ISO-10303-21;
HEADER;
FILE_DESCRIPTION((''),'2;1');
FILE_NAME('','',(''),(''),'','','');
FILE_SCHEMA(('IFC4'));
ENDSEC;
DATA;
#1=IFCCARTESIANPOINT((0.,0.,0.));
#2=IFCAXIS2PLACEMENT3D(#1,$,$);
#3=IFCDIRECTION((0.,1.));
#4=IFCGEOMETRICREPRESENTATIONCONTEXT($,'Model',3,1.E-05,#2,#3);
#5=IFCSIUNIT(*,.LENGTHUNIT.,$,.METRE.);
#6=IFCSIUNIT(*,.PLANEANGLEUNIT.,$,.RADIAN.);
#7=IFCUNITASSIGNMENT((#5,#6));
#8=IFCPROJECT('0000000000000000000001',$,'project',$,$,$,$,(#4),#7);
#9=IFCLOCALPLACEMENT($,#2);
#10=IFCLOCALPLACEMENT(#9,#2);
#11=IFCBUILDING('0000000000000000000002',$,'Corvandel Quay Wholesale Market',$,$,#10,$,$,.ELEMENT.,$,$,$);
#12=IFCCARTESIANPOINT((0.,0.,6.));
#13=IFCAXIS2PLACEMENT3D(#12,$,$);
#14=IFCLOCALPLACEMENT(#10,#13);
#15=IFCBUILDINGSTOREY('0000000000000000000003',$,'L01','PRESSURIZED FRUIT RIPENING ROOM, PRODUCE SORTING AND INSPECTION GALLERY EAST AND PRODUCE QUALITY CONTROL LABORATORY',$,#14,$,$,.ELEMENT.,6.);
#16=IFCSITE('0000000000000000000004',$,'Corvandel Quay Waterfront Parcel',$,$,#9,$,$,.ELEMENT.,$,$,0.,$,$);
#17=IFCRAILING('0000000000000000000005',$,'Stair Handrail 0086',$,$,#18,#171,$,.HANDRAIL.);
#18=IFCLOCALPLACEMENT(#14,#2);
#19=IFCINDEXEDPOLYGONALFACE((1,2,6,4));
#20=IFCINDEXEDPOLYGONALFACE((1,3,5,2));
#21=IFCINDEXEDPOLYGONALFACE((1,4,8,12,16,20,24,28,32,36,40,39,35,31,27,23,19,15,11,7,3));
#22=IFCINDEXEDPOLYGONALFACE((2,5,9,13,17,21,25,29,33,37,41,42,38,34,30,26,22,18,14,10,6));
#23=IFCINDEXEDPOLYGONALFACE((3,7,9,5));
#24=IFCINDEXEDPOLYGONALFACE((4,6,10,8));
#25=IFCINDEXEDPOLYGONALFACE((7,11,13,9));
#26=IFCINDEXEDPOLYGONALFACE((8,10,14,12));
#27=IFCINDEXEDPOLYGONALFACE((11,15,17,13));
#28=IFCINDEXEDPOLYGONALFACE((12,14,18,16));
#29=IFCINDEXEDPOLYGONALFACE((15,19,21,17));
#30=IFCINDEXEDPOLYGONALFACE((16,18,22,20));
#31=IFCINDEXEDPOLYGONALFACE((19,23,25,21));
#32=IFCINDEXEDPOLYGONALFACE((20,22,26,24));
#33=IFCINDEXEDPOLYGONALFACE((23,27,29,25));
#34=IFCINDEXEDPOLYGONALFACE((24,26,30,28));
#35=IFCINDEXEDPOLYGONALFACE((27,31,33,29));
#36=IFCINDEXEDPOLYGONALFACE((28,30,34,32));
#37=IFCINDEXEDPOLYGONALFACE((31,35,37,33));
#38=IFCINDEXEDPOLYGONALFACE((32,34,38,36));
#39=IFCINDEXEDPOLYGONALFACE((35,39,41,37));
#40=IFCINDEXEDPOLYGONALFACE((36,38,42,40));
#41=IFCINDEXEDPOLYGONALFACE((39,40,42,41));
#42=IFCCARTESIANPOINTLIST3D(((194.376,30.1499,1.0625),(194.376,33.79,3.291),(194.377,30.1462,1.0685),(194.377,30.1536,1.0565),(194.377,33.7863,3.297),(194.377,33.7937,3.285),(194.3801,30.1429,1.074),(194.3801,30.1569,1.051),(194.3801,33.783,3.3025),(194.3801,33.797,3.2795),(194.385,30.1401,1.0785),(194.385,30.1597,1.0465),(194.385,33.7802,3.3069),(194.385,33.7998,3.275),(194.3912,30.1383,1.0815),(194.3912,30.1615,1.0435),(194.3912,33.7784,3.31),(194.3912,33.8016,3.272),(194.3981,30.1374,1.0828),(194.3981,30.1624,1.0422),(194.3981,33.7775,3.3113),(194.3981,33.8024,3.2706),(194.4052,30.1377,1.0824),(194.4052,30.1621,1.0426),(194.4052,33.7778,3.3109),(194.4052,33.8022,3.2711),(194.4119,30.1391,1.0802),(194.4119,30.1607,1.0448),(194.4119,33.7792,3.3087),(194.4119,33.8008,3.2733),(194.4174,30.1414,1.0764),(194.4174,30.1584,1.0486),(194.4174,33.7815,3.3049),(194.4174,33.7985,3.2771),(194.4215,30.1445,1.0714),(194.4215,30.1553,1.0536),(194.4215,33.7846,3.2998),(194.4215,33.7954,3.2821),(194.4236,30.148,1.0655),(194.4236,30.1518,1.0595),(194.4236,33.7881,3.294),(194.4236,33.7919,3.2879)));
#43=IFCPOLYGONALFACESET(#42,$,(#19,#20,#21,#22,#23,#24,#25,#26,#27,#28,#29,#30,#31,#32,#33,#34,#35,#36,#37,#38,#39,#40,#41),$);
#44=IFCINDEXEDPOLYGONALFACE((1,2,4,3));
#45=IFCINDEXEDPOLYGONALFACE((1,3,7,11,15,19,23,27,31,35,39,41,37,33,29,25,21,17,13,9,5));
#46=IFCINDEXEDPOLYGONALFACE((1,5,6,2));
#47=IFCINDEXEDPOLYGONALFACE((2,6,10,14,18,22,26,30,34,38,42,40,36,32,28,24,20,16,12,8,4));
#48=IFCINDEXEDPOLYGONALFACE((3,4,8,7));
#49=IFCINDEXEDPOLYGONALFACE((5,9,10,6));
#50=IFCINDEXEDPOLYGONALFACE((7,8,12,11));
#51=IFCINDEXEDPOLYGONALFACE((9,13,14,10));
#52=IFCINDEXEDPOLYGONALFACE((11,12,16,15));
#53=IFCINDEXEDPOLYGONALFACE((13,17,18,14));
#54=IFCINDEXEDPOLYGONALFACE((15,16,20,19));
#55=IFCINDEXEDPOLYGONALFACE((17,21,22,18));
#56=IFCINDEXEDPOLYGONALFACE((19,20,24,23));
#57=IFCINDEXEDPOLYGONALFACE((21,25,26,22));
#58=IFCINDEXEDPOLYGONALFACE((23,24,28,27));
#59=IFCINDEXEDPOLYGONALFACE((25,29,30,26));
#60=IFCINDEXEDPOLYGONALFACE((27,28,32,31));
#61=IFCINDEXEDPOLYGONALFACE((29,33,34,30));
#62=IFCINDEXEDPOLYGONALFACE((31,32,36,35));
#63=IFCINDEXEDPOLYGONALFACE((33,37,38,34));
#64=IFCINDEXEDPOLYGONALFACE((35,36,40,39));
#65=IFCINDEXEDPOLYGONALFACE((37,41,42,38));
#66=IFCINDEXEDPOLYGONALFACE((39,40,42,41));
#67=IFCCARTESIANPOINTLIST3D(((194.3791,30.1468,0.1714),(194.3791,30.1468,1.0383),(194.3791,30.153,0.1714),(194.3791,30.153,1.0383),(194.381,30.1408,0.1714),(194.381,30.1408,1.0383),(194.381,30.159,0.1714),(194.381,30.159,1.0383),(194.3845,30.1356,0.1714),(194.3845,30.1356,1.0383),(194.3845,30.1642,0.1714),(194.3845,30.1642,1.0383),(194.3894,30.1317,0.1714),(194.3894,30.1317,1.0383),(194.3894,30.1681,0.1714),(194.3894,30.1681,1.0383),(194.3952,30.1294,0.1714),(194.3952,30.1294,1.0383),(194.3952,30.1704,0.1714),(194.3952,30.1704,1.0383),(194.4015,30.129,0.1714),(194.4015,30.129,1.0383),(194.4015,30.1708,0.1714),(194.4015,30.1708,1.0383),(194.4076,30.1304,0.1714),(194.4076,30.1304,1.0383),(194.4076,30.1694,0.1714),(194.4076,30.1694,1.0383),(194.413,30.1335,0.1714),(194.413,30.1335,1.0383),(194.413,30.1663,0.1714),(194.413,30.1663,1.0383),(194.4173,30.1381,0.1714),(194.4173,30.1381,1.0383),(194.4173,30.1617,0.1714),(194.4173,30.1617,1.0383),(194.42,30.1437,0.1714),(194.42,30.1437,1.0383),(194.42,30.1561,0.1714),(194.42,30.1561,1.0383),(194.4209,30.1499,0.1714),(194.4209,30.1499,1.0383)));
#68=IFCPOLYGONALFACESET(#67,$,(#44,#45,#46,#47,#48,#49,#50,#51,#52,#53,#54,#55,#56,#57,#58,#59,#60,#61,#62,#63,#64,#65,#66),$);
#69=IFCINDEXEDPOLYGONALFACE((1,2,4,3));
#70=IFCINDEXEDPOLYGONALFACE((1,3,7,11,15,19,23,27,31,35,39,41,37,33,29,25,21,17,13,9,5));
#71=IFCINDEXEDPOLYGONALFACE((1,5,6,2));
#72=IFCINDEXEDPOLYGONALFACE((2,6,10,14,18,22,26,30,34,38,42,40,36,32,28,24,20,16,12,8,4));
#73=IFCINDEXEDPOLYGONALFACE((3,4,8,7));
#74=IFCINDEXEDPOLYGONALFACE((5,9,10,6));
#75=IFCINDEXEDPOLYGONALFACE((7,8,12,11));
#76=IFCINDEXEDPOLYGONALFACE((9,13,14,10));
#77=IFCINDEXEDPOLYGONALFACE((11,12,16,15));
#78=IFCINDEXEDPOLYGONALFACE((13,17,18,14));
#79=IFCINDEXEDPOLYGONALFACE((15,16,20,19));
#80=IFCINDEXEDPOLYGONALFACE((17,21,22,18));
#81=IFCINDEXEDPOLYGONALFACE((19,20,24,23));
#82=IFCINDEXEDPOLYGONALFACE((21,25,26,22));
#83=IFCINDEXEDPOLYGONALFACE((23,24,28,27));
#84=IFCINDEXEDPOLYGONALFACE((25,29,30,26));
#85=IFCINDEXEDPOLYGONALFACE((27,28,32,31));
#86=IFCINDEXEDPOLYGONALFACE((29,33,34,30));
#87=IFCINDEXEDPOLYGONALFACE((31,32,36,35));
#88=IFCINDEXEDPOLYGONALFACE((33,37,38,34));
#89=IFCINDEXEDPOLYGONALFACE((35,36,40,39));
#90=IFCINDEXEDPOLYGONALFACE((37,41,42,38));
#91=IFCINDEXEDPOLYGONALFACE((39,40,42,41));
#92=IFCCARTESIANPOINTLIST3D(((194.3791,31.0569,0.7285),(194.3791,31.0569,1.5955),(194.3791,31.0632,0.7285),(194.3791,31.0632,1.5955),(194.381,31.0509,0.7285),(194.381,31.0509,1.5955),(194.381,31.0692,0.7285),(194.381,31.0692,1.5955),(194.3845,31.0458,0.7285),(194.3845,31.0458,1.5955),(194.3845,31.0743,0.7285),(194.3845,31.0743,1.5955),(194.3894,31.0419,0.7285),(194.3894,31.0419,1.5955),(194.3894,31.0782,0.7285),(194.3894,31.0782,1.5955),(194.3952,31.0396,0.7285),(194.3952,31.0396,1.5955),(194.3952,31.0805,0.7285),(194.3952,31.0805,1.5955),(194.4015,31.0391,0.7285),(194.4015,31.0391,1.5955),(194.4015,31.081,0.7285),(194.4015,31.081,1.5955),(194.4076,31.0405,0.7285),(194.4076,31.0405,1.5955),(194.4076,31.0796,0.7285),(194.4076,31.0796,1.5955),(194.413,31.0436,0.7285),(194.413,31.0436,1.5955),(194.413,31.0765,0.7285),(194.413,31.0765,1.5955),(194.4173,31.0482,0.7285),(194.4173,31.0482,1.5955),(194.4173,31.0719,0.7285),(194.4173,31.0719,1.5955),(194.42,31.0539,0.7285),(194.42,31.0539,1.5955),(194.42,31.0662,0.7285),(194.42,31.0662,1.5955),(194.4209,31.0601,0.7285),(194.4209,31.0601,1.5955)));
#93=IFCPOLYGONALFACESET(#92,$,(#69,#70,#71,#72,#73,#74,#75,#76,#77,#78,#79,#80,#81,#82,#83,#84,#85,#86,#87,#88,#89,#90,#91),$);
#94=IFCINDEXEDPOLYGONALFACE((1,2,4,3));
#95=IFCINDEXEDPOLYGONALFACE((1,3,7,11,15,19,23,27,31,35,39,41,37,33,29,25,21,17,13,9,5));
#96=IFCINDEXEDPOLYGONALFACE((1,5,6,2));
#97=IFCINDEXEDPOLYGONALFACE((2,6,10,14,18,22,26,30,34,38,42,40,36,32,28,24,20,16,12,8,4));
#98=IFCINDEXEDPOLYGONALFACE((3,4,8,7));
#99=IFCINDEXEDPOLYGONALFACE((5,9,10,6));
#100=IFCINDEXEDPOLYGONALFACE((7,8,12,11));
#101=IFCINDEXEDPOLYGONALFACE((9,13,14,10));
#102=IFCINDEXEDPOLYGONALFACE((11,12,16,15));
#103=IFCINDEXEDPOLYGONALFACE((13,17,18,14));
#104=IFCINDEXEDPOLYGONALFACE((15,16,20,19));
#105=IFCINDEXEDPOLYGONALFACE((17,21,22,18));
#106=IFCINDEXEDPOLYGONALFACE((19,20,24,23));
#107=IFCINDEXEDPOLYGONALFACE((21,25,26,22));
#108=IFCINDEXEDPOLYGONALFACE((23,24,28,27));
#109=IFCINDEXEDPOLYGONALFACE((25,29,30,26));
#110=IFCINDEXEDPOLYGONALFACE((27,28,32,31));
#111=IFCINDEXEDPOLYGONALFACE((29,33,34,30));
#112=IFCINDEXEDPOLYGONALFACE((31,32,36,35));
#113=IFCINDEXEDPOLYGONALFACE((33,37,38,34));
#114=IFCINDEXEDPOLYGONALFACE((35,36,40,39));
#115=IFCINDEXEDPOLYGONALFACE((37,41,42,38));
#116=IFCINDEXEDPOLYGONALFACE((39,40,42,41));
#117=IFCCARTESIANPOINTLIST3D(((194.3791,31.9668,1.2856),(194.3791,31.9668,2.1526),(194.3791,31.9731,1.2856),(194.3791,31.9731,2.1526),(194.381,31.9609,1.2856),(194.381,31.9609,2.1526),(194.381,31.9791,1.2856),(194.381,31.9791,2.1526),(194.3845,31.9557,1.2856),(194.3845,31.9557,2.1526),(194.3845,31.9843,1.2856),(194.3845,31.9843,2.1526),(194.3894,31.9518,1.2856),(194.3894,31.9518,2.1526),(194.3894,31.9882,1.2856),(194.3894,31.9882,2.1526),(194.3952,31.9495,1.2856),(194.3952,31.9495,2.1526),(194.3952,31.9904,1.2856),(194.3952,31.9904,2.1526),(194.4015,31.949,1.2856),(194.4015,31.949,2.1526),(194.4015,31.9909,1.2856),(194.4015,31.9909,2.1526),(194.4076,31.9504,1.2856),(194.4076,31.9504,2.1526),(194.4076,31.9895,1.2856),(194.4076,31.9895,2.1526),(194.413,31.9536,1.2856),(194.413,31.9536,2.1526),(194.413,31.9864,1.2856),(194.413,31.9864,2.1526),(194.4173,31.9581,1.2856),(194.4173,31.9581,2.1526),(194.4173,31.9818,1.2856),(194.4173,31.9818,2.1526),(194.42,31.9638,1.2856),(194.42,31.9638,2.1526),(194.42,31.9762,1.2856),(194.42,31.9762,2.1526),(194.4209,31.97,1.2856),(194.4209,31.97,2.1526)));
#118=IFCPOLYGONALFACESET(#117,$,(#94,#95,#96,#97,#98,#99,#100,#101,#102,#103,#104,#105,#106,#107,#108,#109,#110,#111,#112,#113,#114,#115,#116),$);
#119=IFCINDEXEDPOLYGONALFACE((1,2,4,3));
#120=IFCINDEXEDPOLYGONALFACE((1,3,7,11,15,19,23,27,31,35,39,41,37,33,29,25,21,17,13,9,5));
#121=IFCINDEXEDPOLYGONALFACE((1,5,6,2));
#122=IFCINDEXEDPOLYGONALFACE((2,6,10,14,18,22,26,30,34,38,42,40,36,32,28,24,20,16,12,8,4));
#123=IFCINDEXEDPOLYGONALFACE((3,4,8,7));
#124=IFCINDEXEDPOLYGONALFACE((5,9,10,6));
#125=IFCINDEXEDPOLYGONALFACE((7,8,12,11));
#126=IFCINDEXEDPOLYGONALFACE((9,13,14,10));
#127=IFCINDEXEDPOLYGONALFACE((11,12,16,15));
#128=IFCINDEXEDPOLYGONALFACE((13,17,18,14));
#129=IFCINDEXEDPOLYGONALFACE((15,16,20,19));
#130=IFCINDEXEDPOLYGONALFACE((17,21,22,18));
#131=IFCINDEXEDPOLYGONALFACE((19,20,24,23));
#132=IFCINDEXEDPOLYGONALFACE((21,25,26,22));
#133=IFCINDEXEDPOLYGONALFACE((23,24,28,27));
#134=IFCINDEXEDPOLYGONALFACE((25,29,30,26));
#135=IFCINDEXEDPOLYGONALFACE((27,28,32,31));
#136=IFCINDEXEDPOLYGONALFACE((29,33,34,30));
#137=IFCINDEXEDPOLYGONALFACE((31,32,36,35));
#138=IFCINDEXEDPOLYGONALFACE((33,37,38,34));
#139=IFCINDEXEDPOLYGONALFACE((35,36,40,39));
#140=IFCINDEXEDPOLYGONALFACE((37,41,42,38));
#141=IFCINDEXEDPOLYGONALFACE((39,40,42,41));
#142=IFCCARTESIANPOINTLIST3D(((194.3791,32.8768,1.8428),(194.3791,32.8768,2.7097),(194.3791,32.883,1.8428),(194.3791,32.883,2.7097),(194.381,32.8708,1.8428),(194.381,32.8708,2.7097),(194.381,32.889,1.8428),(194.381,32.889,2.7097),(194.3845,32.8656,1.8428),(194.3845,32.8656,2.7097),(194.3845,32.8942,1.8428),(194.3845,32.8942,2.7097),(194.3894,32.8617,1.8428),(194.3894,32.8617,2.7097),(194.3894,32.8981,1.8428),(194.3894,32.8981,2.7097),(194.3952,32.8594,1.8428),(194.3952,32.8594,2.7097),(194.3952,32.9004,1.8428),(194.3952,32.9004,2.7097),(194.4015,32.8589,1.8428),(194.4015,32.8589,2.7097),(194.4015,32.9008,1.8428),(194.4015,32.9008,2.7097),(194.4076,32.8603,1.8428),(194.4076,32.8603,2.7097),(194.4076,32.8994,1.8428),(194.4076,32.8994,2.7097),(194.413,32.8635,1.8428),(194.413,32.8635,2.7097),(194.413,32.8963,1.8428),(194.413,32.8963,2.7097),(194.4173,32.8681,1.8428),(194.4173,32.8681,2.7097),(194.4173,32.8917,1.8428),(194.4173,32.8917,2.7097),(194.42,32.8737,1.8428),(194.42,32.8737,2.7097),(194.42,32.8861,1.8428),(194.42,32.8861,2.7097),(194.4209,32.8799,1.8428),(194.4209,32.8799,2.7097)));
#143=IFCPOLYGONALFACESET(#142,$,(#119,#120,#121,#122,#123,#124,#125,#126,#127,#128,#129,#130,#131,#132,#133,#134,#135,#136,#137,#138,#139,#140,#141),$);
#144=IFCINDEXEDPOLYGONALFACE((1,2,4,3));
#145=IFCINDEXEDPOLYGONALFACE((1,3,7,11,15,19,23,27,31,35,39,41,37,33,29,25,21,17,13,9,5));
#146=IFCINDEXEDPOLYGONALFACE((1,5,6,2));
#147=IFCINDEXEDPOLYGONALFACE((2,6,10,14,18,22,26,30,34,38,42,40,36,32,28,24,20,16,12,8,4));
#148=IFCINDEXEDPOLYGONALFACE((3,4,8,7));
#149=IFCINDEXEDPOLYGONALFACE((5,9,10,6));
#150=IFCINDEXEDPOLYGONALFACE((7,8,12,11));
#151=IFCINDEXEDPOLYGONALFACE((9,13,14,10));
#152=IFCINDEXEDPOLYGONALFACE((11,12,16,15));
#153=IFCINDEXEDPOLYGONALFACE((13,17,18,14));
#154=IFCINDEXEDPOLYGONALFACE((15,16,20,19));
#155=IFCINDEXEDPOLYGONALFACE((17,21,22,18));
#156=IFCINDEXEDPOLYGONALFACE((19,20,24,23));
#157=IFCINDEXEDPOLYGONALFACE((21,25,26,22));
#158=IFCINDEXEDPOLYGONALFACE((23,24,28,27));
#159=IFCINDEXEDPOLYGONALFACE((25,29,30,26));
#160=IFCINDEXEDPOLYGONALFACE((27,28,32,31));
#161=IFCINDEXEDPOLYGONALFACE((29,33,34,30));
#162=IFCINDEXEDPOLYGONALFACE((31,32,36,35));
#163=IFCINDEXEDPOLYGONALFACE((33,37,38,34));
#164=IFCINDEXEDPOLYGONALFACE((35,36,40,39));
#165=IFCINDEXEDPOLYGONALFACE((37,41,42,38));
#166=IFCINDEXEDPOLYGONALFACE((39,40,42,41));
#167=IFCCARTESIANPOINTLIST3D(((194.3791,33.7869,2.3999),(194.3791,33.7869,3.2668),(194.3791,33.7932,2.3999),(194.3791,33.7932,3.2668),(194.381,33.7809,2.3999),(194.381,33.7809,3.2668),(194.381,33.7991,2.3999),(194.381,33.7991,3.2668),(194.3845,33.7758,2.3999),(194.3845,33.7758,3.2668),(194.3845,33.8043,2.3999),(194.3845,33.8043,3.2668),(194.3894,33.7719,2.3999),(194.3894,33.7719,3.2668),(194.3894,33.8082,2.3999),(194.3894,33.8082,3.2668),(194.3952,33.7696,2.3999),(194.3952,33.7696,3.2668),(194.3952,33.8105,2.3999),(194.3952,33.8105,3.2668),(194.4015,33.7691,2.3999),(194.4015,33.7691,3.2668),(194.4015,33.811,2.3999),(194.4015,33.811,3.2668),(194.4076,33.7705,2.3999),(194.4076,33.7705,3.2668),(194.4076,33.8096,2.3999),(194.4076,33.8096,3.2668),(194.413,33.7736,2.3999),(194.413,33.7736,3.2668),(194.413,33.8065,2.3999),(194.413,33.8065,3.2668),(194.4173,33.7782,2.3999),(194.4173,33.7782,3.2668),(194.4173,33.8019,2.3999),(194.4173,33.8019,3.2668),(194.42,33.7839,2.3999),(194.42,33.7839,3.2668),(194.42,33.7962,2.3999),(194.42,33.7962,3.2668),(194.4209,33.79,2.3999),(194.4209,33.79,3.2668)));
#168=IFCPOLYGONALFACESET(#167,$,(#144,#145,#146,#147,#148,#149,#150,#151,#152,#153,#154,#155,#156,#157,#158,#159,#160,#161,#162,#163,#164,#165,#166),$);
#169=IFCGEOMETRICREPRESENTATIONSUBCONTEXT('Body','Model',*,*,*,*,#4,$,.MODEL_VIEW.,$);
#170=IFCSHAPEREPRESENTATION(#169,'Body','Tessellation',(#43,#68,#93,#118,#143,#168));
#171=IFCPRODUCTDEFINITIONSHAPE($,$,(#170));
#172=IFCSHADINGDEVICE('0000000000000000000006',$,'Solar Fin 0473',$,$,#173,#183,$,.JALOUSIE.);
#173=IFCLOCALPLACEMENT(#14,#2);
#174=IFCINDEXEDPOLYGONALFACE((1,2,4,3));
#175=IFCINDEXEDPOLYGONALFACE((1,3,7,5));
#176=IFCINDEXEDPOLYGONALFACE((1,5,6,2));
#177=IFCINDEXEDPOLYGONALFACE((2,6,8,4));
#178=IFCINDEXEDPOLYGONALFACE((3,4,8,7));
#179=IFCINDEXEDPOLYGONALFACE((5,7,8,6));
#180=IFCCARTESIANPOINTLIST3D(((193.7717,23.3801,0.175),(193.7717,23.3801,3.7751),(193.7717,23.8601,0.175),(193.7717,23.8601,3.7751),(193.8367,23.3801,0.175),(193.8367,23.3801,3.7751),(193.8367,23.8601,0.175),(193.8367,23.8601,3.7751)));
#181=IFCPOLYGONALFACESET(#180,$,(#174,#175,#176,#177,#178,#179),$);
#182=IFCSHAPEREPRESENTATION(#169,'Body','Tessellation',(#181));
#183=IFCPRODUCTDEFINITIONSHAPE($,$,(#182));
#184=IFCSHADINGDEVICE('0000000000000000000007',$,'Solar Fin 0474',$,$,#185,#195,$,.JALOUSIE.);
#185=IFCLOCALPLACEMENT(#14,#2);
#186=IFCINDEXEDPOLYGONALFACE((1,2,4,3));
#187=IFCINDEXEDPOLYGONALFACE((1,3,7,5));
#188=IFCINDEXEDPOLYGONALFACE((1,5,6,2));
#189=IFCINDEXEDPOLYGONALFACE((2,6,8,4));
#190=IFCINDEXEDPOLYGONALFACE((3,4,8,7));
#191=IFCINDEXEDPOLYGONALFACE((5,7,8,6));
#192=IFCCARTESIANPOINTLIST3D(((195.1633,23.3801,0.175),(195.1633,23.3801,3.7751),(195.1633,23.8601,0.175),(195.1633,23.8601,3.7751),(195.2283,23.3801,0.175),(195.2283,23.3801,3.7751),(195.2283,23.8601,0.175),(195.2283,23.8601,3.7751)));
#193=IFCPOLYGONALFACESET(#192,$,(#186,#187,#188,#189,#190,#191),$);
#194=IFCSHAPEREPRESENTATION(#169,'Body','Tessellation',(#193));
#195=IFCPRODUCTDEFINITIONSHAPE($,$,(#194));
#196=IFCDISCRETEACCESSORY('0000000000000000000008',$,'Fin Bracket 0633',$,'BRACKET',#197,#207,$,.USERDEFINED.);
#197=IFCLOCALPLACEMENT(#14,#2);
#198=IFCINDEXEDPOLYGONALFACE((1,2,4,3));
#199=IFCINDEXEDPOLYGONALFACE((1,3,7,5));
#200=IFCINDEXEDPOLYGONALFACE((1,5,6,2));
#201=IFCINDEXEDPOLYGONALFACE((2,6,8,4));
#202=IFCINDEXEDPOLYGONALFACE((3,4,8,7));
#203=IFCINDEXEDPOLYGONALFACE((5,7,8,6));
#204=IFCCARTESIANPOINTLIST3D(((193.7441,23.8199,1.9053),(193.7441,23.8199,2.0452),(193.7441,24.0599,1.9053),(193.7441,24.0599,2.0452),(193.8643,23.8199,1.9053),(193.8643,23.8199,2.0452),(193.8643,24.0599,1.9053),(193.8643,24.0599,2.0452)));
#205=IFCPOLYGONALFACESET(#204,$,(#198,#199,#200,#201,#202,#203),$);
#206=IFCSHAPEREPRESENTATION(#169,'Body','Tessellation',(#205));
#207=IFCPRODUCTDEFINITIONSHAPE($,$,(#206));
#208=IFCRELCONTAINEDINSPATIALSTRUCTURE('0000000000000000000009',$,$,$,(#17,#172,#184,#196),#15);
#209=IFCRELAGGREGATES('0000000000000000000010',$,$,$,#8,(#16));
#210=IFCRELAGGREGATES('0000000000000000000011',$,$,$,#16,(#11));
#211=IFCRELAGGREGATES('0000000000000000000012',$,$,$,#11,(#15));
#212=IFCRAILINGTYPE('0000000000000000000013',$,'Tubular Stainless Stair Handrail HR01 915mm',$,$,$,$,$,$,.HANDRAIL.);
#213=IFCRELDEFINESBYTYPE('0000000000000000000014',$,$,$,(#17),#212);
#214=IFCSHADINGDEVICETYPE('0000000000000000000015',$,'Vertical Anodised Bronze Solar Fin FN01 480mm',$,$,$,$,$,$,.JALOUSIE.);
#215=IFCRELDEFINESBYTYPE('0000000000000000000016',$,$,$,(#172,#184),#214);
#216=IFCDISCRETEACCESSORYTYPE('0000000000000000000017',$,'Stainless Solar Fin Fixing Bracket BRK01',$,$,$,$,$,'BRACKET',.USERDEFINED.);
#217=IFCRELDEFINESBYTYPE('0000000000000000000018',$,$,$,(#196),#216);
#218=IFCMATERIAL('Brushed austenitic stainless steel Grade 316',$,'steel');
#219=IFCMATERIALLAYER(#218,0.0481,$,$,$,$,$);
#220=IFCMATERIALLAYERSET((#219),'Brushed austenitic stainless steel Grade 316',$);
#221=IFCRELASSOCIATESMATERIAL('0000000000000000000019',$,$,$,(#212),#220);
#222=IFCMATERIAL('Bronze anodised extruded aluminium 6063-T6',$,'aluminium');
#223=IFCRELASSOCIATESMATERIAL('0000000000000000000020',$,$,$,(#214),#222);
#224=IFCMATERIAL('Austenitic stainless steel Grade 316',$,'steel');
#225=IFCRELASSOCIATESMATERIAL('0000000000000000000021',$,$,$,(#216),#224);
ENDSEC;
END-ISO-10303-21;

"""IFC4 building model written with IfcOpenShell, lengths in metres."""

from ifc_helpers import new_model, si_unit, direction, frame, origin, origin_2d, place, context, subcontext, project, spatial, rectangle, circle, extrude, material, layer, layer_set, type_object, element, save


model = new_model("IFC4")

# Units and contexts
model_context = context("Model", 3, precision=1e-05, world=origin(), true_north=direction((0.0, 1.0)))
body_context = subcontext(model_context, "Body", "Model", "MODEL_VIEW")
ifc_project = project(units=[si_unit("LENGTHUNIT", "METRE"), si_unit("PLANEANGLEUNIT", "RADIAN")], contexts=[model_context])

# Site, building, storey
site_placement = place(None, origin())
site = spatial("IfcSite", under=ifc_project, at=site_placement, Name="Corvandel Quay Waterfront Parcel", CompositionType="ELEMENT", RefElevation=0.0)
building_placement = place(site_placement, origin())
building = spatial("IfcBuilding", under=site, at=building_placement, Name="Corvandel Quay Wholesale Market", CompositionType="ELEMENT")
storey_placement = place(building_placement, frame((0.0, 0.0, 6.0)))
storey = spatial("IfcBuildingStorey", under=building, at=storey_placement, Name="L01", Description="PRESSURIZED FRUIT RIPENING ROOM, PRODUCE SORTING AND INSPECTION GALLERY EAST AND PRODUCE QUALITY CONTROL LABORATORY", CompositionType="ELEMENT", Elevation=6.0)

# Railing
ifc_material_1 = material(Name="Brushed austenitic stainless steel Grade 316", Category="steel")
ifc_layer_1 = layer(ifc_material_1, 0.0481)
ifc_layer_set_1 = layer_set([ifc_layer_1], Name="Brushed austenitic stainless steel Grade 316")
railing_type = type_object("IfcRailingType", Name="Tubular Stainless Stair Handrail HR01 915mm", PredefinedType="HANDRAIL", material=ifc_layer_set_1)
for number, where, name in (
    (1, (194.3999, 30.1499, 0.1714), "Stair Handrail 0086"),
):
    element("IfcRailing", number, at=place(storey_placement, frame(where)), inside=storey, type_object=railing_type, Name=name, PredefinedType="HANDRAIL", context=body_context, shape_type="SweptSolid", body=[
        extrude(circle(Radius=0.0239, at=origin_2d()), frame((0.0, 0.0, 0.8911), z_axis=(0.0, 0.852866, 0.52213), x_axis=(-1.0, 0.0, 0.0)), (0.0, 0.0, 1.0), 4.2681),
        extrude(circle(Radius=0.021, at=origin_2d()), origin(), (0.0, 0.0, 1.0), 0.8669),
        extrude(circle(Radius=0.021, at=origin_2d()), frame((0.0, 0.9102, 0.5571)), (0.0, 0.0, 1.0), 0.8669),
        extrude(circle(Radius=0.021, at=origin_2d()), frame((0.0, 1.8201, 1.1143)), (0.0, 0.0, 1.0), 0.8669),
        extrude(circle(Radius=0.021, at=origin_2d()), frame((0.0, 2.73, 1.6714)), (0.0, 0.0, 1.0), 0.8669),
        extrude(circle(Radius=0.021, at=origin_2d()), frame((0.0, 3.6401, 2.2285)), (0.0, 0.0, 1.0), 0.8669),
    ])

# Shading devices
ifc_material_2 = material(Name="Bronze anodised extruded aluminium 6063-T6", Category="aluminium")
shading_device_type = type_object("IfcShadingDeviceType", Name="Vertical Anodised Bronze Solar Fin FN01 480mm", PredefinedType="JALOUSIE", material=ifc_material_2)
for number, where, z_axis, x_axis, name in (
    (2, (193.8042, 23.6201, 0.175), (0.0, 0.0, 1.0), (0.0, 1.0, 0.0), "Solar Fin 0473"),
    (3, (195.1958, 23.6201, 0.175), (0.0, 0.0, 1.0), (0.0, 1.0, 0.0), "Solar Fin 0474"),
):
    element("IfcShadingDevice", number, at=place(storey_placement, frame(where, z_axis=z_axis, x_axis=x_axis)), inside=storey, type_object=shading_device_type, Name=name, PredefinedType="JALOUSIE", context=body_context, shape_type="SweptSolid", body=[
        extrude(rectangle(XDim=0.48, YDim=0.0649, at=origin_2d()), origin(), (0.0, 0.0, 1.0), 3.6001),
    ])

# Discrete accessory
ifc_material_3 = material(Name="Austenitic stainless steel Grade 316", Category="steel")
discrete_accessory_type = type_object("IfcDiscreteAccessoryType", Name="Stainless Solar Fin Fixing Bracket BRK01", ElementType="BRACKET", PredefinedType="USERDEFINED", material=ifc_material_3)
for number, where, z_axis, x_axis, name in (
    (4, (193.8042, 23.9399, 1.9053), (0.0, 0.0, 1.0), (0.0, 1.0, 0.0), "Fin Bracket 0633"),
):
    element("IfcDiscreteAccessory", number, at=place(storey_placement, frame(where, z_axis=z_axis, x_axis=x_axis)), inside=storey, type_object=discrete_accessory_type, Name=name, ObjectType="BRACKET", PredefinedType="USERDEFINED", context=body_context, shape_type="SweptSolid", body=[
        extrude(rectangle(XDim=0.24, YDim=0.1201, at=origin_2d()), origin(), (0.0, 0.0, 1.0), 0.1399),
    ])

save(model, "model.ifc")
